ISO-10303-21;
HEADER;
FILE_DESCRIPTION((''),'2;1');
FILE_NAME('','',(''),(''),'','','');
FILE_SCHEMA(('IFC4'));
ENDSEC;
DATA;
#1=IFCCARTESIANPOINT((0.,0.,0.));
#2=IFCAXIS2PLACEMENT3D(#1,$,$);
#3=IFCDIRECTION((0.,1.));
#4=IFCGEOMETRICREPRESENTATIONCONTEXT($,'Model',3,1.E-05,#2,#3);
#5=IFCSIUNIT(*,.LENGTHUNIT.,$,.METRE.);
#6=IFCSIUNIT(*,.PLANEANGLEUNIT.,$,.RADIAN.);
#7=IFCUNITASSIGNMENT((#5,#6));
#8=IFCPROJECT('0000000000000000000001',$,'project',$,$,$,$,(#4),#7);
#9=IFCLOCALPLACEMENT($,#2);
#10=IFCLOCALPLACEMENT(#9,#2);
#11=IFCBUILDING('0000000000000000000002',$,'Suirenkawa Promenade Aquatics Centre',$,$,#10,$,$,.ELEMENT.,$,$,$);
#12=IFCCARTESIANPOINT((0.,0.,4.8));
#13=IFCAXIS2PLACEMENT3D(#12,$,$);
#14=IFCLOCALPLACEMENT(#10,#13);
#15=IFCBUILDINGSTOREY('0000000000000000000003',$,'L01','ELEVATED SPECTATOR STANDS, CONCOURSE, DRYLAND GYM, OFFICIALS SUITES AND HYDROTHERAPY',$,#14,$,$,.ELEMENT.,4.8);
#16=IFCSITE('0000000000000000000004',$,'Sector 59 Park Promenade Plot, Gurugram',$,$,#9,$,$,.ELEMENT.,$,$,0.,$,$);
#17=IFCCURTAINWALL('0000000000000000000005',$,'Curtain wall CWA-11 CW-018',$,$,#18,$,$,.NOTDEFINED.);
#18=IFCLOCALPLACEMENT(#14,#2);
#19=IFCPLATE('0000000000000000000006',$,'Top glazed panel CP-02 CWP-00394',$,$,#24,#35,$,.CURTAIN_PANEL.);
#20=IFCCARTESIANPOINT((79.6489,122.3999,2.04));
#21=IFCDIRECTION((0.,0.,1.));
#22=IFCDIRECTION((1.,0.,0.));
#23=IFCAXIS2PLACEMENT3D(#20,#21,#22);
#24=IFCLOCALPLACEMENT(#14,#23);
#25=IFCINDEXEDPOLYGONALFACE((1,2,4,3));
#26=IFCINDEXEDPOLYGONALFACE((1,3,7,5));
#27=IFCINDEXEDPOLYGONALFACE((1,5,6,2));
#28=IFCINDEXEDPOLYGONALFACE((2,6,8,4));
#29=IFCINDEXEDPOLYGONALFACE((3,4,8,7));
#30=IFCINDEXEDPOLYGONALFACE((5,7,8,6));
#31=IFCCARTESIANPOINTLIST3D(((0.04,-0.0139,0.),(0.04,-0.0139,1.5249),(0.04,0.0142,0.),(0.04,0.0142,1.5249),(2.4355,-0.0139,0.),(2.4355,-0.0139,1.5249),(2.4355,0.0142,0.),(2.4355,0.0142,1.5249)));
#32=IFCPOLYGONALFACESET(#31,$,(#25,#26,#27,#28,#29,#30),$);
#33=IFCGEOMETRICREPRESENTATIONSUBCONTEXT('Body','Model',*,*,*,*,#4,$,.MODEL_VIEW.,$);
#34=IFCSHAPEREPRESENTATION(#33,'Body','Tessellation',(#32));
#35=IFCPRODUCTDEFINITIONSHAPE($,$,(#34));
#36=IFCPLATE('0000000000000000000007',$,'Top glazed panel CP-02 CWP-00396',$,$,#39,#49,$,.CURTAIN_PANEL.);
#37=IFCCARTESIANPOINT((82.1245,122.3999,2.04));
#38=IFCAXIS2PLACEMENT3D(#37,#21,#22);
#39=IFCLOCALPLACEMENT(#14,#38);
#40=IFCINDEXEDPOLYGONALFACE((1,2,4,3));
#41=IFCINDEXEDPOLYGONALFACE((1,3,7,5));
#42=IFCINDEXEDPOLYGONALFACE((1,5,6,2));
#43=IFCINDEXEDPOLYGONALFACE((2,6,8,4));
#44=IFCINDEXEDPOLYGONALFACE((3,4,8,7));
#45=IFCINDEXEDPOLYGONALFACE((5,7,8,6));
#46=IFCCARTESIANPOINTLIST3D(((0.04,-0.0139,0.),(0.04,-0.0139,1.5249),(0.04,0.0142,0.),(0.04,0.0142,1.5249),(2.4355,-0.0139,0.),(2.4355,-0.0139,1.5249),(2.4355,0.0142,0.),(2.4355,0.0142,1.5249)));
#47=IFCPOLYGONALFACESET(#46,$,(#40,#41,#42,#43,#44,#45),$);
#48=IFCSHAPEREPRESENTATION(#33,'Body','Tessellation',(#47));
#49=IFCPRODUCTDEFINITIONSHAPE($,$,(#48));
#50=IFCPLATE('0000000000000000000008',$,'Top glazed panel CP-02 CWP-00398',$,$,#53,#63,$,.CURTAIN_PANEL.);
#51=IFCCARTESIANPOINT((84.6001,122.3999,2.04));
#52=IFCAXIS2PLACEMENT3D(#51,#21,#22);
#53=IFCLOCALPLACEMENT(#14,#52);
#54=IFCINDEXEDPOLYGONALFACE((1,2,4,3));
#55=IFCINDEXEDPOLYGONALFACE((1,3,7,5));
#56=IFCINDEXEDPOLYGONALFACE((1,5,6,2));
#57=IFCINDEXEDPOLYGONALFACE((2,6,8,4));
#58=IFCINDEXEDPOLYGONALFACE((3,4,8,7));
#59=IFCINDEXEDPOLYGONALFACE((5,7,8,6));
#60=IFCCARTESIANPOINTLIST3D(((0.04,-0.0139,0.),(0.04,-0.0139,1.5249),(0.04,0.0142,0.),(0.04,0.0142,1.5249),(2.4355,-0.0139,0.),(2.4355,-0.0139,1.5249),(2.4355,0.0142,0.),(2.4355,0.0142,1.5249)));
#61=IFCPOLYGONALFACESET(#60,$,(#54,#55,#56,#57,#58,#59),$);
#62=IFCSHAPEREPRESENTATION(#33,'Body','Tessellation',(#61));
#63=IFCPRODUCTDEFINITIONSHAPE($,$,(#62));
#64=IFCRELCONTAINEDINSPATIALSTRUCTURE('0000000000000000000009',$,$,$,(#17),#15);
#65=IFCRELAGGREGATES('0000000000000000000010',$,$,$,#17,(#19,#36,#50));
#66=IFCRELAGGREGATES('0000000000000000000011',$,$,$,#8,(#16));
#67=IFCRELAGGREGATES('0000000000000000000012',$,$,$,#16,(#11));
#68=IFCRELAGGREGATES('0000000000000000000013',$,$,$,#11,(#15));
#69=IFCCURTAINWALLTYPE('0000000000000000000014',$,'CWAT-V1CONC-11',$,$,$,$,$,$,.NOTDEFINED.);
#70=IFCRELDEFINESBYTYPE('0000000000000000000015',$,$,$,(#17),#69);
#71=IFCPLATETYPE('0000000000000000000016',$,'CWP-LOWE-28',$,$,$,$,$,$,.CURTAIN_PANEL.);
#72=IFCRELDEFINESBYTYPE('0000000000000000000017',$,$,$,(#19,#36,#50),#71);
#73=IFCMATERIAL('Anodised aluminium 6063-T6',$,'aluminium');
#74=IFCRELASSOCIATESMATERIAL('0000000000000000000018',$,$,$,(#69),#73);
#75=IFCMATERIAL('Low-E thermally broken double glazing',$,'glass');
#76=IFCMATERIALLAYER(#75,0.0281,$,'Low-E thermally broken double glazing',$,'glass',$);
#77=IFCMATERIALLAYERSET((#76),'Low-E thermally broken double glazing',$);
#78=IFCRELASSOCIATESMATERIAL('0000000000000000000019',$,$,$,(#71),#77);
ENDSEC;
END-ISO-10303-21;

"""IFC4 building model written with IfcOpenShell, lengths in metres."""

from ifc_helpers import new_model, si_unit, direction, frame, origin, place, context, subcontext, project, spatial, polyline, outline, extrude, material, layer, layer_set, type_object, element, aggregate, save


model = new_model("IFC4")

# Units and contexts
model_context = context("Model", 3, precision=1e-05, world=origin(), true_north=direction((0.0, 1.0)))
body_context = subcontext(model_context, "Body", "Model", "MODEL_VIEW")
ifc_project = project(units=[si_unit("LENGTHUNIT", "METRE"), si_unit("PLANEANGLEUNIT", "RADIAN")], contexts=[model_context])

# Site, building, storey
site_placement = place(None, origin())
site = spatial("IfcSite", under=ifc_project, at=site_placement, Name="Sector 59 Park Promenade Plot, Gurugram", CompositionType="ELEMENT", RefElevation=0.0)
building_placement = place(site_placement, origin())
building = spatial("IfcBuilding", under=site, at=building_placement, Name="Suirenkawa Promenade Aquatics Centre", CompositionType="ELEMENT")
storey_placement = place(building_placement, frame((0.0, 0.0, 4.8)))
storey = spatial("IfcBuildingStorey", under=building, at=storey_placement, Name="L01", Description="ELEVATED SPECTATOR STANDS, CONCOURSE, DRYLAND GYM, OFFICIALS SUITES AND HYDROTHERAPY", CompositionType="ELEMENT", Elevation=4.8)

# Curtain wall
ifc_material_1 = material(Name="Anodised aluminium 6063-T6", Category="aluminium")
curtain_wall_type = type_object("IfcCurtainWallType", Name="CWAT-V1CONC-11", PredefinedType="NOTDEFINED", material=ifc_material_1)
curtain_wall_placement = place(storey_placement, origin())
curtain_wall = element("IfcCurtainWall", 1, at=curtain_wall_placement, inside=storey, type_object=curtain_wall_type, Name="Curtain wall CWA-11 CW-018", PredefinedType="NOTDEFINED")

# Plates
ifc_material_2 = material(Name="Low-E thermally broken double glazing", Category="glass")
ifc_layer = layer(ifc_material_2, 0.0281, Name="Low-E thermally broken double glazing", Category="glass")
ifc_layer_set = layer_set([ifc_layer], Name="Low-E thermally broken double glazing")
plate_type = type_object("IfcPlateType", Name="CWP-LOWE-28", PredefinedType="CURTAIN_PANEL", material=ifc_layer_set)
plate_1_placement = place(storey_placement, frame((79.6489, 122.3999, 2.04), z_axis=(0.0, 0.0, 1.0), x_axis=(1.0, 0.0, 0.0)))
plate_1 = element("IfcPlate", 2, at=plate_1_placement, type_object=plate_type, Name="Top glazed panel CP-02 CWP-00394", PredefinedType="CURTAIN_PANEL", context=body_context, shape_type="SweptSolid", body=[
    extrude(outline(polyline([(0.04, 0.0), (2.4355, 0.0), (2.4355, 1.5249), (0.04, 1.5249), (0.04, 0.0)])), frame((0.0, 0.0142, 0.0), z_axis=(0.0, -1.0, 0.0), x_axis=(1.0, 0.0, 0.0)), (0.0, 0.0, 1.0), 0.0281),
])
plate_2_placement = place(storey_placement, frame((82.1245, 122.3999, 2.04), z_axis=(0.0, 0.0, 1.0), x_axis=(1.0, 0.0, 0.0)))
plate_2 = element("IfcPlate", 3, at=plate_2_placement, type_object=plate_type, Name="Top glazed panel CP-02 CWP-00396", PredefinedType="CURTAIN_PANEL", context=body_context, shape_type="SweptSolid", body=[
    extrude(outline(polyline([(0.04, 0.0), (2.4355, 0.0), (2.4355, 1.5249), (0.04, 1.5249), (0.04, 0.0)])), frame((0.0, 0.0142, 0.0), z_axis=(0.0, -1.0, 0.0), x_axis=(1.0, 0.0, 0.0)), (0.0, 0.0, 1.0), 0.0281),
])
plate_3_placement = place(storey_placement, frame((84.6001, 122.3999, 2.04), z_axis=(0.0, 0.0, 1.0), x_axis=(1.0, 0.0, 0.0)))
plate_3 = element("IfcPlate", 4, at=plate_3_placement, type_object=plate_type, Name="Top glazed panel CP-02 CWP-00398", PredefinedType="CURTAIN_PANEL", context=body_context, shape_type="SweptSolid", body=[
    extrude(outline(polyline([(0.04, 0.0), (2.4355, 0.0), (2.4355, 1.5249), (0.04, 1.5249), (0.04, 0.0)])), frame((0.0, 0.0142, 0.0), z_axis=(0.0, -1.0, 0.0), x_axis=(1.0, 0.0, 0.0)), (0.0, 0.0, 1.0), 0.0281),
])
aggregate(curtain_wall, [plate_1, plate_2, plate_3])

save(model, "model.ifc")
